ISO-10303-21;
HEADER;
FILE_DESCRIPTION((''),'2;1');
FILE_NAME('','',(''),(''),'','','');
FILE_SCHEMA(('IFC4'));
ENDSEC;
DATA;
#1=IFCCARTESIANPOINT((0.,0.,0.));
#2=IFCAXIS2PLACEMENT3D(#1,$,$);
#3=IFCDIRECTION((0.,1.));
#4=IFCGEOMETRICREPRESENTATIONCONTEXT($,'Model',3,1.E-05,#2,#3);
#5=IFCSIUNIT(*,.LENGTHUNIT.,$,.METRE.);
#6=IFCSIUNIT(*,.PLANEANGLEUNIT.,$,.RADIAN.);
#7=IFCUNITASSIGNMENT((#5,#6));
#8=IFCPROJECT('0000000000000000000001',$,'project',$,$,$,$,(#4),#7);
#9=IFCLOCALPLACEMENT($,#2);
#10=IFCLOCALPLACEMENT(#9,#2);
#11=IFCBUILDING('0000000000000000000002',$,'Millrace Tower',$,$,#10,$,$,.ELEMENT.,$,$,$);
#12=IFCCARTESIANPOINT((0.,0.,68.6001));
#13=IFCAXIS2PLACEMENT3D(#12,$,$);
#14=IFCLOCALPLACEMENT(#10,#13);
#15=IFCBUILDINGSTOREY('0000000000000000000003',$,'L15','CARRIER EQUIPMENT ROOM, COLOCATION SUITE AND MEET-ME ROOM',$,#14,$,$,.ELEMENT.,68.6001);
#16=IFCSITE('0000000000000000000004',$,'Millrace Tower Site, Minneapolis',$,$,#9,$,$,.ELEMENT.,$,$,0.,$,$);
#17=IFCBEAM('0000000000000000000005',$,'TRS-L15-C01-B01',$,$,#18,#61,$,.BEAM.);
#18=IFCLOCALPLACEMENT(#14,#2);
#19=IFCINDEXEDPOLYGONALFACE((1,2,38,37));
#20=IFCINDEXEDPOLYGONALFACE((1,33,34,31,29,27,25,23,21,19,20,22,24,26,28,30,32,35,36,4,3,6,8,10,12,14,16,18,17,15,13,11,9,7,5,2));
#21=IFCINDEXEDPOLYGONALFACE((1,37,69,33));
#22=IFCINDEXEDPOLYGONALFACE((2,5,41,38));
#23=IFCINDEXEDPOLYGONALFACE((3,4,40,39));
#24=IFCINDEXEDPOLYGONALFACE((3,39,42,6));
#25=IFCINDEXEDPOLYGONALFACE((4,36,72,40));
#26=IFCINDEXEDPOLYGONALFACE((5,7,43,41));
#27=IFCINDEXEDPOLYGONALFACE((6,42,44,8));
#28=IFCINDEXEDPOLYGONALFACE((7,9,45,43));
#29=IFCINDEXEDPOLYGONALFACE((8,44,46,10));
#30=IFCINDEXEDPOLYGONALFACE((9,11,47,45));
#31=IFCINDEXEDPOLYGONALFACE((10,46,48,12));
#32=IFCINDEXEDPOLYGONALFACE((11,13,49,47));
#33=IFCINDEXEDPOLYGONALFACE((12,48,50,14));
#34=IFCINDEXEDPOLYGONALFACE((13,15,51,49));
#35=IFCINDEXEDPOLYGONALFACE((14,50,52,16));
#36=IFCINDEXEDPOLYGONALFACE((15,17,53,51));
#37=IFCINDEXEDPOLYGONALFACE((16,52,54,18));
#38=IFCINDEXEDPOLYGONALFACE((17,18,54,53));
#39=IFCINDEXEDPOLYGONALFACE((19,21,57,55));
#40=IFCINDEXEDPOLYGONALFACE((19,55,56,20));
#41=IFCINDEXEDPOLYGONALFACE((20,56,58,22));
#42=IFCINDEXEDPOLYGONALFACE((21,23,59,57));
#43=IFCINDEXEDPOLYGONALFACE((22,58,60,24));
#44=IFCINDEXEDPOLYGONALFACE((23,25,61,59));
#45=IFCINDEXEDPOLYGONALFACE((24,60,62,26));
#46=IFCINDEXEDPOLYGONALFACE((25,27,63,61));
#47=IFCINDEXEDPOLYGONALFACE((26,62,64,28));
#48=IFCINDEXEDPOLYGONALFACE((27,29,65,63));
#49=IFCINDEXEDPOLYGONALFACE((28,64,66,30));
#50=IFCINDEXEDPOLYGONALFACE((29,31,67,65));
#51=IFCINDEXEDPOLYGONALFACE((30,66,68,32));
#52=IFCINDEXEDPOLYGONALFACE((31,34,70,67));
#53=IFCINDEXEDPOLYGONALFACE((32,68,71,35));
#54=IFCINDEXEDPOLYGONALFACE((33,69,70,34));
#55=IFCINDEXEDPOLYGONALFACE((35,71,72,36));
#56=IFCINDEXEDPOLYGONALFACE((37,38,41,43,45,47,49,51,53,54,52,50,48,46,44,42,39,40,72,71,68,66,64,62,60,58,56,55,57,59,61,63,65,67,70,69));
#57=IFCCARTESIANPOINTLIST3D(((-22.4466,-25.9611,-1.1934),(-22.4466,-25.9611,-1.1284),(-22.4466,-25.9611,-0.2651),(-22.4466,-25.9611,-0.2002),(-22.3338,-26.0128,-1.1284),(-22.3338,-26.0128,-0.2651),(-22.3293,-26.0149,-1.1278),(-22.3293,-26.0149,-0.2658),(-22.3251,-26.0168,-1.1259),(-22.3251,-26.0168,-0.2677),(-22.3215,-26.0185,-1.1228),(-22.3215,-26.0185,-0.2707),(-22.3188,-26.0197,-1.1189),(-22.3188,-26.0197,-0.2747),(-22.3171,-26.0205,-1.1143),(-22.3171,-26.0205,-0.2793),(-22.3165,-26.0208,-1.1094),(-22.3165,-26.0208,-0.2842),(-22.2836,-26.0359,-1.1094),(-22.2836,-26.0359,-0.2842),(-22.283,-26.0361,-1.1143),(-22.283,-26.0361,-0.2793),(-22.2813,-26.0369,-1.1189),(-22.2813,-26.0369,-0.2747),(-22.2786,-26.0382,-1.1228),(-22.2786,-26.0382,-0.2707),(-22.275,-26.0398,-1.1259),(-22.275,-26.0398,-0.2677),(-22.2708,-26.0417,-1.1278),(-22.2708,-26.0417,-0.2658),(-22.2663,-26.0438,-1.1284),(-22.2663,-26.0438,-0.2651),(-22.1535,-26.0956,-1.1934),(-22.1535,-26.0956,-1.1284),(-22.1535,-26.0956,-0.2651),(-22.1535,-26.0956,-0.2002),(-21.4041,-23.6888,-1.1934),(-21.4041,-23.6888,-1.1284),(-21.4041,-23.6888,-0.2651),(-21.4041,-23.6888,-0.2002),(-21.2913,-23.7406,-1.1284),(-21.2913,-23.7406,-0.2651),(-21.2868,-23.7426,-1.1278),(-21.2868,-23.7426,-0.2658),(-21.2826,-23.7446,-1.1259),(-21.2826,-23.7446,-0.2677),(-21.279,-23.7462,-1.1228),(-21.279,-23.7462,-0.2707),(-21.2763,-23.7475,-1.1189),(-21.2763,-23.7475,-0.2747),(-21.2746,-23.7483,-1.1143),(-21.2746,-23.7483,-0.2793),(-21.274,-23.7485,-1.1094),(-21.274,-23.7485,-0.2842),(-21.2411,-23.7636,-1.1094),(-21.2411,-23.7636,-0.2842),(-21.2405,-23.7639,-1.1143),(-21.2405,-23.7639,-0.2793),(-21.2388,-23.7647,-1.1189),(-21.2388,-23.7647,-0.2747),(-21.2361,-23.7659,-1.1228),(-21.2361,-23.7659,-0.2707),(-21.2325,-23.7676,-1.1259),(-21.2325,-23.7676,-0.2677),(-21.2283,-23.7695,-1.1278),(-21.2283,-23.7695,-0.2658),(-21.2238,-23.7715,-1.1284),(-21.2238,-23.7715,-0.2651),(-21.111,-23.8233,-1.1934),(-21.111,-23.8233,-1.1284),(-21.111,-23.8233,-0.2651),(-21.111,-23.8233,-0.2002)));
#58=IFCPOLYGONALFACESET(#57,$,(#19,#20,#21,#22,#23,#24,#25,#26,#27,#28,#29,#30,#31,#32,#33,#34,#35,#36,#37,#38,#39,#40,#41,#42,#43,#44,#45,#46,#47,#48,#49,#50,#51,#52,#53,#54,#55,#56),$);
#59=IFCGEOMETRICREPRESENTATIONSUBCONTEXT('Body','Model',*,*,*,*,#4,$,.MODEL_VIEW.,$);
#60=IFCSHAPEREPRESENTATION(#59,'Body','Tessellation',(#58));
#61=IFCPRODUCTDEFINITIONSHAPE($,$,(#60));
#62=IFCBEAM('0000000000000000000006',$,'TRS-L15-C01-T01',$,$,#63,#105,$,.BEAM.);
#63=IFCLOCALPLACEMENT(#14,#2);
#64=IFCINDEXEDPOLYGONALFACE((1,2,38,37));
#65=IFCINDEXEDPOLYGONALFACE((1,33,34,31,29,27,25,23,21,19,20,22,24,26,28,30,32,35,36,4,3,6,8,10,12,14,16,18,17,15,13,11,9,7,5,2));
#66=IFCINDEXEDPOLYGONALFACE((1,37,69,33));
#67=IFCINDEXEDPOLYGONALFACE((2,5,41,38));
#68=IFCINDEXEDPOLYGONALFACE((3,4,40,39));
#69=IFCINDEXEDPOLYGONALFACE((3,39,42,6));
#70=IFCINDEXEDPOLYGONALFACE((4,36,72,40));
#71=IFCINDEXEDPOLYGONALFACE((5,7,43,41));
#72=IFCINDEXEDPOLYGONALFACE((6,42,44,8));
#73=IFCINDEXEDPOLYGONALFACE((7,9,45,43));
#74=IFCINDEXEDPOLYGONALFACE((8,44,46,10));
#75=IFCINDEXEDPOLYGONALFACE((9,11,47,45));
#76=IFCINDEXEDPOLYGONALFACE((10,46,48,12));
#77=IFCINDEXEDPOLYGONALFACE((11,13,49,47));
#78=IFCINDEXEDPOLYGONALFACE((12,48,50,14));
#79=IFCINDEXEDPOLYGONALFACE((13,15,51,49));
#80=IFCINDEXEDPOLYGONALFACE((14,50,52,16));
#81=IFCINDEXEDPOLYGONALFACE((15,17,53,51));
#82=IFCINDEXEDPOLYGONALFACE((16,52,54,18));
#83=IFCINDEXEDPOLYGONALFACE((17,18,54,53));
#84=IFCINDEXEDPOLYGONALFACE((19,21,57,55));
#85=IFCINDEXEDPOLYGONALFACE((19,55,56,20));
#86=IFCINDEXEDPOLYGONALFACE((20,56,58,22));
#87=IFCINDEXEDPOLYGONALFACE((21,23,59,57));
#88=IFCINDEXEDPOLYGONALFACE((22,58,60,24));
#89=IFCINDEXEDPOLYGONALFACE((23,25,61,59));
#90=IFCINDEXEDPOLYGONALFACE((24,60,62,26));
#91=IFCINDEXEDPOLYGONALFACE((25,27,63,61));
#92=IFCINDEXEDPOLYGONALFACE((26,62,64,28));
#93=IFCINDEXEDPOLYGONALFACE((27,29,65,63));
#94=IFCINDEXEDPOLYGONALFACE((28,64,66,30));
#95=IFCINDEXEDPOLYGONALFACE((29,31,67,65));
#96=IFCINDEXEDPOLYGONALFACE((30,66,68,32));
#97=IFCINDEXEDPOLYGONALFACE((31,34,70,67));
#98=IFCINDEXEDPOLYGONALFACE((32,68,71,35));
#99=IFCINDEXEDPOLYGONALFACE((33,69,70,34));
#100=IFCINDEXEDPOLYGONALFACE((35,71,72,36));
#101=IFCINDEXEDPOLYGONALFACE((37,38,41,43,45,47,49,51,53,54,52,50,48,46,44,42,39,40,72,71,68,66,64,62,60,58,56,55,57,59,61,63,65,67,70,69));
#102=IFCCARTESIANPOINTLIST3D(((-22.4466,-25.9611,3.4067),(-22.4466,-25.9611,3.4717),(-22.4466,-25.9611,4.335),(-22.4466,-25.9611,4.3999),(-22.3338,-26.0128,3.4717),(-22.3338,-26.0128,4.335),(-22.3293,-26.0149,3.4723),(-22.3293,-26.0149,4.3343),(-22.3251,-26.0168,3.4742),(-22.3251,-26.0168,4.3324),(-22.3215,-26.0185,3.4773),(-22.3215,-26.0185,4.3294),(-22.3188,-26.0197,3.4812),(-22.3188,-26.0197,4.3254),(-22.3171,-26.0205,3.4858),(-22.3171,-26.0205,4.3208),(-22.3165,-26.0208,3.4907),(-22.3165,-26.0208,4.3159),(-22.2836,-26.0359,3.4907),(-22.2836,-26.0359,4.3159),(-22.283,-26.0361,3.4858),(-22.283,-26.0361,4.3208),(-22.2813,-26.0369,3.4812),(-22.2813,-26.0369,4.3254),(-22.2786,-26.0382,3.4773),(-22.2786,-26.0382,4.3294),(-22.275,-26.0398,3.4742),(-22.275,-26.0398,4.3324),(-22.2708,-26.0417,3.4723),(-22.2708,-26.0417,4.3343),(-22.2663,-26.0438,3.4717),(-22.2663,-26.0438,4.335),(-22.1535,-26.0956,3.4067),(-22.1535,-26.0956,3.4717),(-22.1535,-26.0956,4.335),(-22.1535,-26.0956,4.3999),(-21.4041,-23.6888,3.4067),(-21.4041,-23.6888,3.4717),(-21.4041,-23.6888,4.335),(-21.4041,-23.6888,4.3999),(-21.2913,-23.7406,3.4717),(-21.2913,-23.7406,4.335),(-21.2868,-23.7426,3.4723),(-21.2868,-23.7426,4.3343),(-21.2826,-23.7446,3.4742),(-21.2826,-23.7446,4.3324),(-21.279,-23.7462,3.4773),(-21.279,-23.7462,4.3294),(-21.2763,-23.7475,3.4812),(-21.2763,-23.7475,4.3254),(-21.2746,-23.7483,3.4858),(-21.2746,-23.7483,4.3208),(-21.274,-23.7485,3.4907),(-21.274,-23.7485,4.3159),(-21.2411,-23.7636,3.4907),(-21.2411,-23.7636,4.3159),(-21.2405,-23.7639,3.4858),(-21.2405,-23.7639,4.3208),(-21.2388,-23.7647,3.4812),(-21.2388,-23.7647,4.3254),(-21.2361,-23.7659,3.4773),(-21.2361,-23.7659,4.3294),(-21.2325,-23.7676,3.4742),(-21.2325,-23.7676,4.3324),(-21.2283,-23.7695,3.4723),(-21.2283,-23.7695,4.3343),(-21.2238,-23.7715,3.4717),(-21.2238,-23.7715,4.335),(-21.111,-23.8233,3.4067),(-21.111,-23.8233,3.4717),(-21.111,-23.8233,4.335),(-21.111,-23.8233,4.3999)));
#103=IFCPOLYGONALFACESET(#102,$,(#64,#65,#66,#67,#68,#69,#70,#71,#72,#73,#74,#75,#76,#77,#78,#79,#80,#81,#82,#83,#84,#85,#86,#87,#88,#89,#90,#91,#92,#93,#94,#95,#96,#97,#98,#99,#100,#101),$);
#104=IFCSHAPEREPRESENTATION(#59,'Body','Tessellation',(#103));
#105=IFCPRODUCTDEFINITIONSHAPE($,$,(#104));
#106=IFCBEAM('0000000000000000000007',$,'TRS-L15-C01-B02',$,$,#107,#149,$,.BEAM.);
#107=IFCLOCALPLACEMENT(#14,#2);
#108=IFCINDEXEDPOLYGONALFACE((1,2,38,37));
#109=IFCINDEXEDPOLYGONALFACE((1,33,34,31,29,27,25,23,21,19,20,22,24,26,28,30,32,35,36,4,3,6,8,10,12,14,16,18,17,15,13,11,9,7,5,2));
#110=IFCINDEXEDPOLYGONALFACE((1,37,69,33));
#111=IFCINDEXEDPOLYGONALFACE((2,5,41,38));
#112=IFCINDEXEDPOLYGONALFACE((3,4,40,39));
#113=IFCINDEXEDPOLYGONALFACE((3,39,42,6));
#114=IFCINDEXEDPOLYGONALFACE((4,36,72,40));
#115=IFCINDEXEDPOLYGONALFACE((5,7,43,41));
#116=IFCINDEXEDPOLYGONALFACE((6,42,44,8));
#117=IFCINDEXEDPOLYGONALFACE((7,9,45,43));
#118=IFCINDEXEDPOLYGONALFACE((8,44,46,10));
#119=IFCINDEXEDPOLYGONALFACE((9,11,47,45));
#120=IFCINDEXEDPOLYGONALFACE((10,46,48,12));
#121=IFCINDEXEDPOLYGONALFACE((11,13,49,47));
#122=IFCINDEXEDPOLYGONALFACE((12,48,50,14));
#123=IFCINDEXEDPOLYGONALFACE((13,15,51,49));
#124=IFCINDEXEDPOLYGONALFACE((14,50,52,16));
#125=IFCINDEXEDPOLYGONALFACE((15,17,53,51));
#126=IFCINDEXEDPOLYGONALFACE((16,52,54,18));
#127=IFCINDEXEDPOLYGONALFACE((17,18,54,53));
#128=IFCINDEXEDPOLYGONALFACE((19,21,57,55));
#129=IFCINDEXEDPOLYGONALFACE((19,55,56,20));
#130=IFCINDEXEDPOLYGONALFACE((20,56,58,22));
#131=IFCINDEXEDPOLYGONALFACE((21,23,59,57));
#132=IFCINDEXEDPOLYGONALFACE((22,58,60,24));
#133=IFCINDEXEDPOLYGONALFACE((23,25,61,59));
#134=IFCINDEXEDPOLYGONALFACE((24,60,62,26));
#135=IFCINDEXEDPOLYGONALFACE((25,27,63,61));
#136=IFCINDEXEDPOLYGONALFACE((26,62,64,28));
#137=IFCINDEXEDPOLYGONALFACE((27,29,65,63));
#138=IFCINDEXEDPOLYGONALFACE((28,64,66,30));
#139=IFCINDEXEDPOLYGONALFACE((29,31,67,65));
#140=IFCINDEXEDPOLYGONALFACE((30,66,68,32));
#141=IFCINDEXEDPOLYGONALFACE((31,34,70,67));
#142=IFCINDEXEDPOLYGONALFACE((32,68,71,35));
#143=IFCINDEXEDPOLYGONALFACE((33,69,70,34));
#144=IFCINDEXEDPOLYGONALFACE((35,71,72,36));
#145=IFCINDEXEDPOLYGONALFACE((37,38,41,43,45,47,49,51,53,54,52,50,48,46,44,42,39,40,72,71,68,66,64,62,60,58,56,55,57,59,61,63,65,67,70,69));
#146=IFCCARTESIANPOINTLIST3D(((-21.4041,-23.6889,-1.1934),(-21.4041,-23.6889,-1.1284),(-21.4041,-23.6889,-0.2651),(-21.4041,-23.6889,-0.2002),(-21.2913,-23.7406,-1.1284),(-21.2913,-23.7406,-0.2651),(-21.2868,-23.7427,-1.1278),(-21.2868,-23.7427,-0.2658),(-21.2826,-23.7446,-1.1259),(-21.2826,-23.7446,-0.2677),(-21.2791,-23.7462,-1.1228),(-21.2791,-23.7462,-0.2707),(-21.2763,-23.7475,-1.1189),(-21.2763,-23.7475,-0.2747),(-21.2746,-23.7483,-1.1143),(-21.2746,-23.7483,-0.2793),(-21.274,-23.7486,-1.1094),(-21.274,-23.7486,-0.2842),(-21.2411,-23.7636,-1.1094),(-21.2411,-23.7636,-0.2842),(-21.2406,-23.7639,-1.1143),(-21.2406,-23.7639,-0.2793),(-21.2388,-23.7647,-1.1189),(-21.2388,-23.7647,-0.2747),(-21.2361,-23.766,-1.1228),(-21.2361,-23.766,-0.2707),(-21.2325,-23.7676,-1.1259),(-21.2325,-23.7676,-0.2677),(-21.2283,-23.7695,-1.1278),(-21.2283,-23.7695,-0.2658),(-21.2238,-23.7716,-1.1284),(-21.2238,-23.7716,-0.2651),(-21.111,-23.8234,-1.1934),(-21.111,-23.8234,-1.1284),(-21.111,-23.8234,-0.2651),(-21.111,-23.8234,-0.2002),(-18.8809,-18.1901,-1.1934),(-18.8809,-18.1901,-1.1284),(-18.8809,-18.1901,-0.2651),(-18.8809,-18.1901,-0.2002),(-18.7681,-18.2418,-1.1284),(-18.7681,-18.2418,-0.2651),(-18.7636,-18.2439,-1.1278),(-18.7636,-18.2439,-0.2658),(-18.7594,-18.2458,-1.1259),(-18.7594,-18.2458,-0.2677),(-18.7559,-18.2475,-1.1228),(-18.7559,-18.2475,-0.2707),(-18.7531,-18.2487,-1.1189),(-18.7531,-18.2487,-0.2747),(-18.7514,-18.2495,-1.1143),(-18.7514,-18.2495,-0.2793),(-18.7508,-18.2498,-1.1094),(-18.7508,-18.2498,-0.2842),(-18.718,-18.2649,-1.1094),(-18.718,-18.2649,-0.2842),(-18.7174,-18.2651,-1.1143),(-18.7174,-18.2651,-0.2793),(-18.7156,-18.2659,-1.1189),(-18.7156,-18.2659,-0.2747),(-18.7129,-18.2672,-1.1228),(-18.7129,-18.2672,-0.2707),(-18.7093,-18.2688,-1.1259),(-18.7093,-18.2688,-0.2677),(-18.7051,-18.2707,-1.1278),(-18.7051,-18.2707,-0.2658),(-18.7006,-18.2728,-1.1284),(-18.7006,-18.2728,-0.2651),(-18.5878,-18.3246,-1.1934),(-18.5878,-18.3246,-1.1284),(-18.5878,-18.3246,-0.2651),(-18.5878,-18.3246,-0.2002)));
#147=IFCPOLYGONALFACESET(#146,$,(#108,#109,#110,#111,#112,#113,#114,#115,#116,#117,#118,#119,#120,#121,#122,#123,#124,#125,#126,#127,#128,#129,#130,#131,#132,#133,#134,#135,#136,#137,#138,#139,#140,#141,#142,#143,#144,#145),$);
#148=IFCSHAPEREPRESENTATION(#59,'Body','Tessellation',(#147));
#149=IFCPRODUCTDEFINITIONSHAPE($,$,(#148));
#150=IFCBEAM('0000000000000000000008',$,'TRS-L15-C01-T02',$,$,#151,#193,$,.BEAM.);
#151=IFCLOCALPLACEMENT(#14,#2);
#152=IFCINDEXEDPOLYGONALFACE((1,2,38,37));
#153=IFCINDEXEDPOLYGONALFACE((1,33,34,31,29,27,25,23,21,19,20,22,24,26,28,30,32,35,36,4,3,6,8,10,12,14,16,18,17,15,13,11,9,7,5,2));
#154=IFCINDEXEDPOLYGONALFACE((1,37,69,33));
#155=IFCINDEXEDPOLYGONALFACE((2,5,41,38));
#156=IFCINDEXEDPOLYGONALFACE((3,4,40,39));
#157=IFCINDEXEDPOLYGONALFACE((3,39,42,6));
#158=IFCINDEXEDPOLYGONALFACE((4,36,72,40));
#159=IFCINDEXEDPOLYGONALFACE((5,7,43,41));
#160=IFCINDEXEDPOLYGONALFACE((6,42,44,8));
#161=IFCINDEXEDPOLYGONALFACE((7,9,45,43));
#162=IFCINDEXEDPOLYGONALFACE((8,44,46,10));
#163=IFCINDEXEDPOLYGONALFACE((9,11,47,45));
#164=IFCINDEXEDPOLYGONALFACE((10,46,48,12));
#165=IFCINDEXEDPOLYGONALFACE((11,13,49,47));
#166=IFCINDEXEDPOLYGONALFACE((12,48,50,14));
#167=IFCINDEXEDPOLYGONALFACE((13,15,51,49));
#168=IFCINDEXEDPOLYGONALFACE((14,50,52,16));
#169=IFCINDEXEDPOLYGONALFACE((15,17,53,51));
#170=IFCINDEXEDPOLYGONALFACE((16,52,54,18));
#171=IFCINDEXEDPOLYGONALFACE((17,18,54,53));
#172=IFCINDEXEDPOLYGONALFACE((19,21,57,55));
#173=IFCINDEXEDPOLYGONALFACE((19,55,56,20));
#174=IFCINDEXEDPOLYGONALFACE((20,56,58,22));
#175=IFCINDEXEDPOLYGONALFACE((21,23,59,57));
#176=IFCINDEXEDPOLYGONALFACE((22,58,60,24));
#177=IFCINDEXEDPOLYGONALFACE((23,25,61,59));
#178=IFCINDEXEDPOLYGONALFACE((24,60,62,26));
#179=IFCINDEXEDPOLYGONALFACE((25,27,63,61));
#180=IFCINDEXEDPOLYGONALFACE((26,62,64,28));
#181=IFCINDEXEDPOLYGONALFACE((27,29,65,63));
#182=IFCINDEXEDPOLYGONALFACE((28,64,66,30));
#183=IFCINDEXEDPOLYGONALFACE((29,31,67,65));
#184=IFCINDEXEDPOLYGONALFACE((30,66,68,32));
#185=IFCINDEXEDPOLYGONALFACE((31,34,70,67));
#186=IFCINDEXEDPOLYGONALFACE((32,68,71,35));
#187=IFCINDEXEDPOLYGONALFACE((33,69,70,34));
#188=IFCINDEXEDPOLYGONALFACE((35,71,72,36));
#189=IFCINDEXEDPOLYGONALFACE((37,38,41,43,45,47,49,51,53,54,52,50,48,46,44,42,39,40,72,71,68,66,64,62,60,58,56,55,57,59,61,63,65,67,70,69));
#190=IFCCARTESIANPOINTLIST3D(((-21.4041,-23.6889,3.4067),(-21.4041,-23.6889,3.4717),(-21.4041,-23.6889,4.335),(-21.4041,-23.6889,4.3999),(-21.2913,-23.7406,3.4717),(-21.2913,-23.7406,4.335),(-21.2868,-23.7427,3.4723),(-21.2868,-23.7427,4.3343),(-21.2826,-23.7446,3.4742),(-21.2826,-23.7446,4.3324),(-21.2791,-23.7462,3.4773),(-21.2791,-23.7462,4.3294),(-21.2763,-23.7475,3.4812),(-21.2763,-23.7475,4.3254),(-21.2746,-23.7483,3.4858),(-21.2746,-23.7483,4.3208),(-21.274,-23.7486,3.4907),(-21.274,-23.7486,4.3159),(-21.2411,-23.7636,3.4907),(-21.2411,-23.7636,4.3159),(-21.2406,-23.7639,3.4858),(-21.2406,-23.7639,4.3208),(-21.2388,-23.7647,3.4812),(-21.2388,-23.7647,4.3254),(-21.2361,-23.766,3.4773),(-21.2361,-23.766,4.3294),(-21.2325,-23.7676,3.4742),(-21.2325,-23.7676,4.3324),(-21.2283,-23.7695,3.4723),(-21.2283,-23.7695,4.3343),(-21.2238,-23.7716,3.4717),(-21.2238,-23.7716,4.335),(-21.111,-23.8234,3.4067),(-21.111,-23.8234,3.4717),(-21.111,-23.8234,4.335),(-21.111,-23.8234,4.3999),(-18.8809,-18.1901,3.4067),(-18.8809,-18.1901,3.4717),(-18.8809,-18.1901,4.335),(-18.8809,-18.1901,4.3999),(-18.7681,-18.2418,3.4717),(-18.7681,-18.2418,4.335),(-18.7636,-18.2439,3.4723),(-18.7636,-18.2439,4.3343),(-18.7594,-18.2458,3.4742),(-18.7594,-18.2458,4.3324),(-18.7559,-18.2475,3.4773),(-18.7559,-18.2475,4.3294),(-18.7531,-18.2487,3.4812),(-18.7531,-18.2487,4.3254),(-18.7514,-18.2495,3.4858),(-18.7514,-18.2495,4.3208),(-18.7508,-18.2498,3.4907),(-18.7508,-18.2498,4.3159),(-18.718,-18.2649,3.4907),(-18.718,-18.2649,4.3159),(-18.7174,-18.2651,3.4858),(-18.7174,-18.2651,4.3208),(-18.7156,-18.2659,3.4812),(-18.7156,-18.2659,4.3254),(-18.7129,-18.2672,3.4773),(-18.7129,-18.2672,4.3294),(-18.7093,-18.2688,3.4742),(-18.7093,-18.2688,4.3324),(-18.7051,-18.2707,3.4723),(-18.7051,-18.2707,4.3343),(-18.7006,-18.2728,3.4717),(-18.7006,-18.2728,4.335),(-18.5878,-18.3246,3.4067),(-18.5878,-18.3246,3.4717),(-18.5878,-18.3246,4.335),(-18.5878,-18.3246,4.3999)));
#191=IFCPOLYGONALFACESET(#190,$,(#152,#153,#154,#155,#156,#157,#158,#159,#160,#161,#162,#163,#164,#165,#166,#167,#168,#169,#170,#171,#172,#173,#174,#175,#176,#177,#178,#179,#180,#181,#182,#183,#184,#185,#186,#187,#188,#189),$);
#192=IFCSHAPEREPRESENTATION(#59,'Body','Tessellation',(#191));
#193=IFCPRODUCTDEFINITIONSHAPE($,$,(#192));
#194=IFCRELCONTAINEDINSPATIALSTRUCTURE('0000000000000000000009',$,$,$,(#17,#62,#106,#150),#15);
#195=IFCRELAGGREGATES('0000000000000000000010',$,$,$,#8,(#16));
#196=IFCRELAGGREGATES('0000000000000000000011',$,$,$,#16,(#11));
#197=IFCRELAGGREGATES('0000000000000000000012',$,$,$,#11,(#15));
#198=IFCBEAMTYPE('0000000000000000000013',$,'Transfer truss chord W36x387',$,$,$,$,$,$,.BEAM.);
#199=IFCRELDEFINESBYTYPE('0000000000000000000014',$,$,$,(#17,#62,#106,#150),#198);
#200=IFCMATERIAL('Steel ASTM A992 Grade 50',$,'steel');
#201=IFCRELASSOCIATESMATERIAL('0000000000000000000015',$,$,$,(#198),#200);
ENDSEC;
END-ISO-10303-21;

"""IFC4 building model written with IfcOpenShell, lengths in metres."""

from ifc_helpers import new_model, si_unit, direction, frame, origin, origin_2d, place, context, subcontext, project, spatial, i_section, extrude, material, material_profile, profile_set, type_object, element, save


model = new_model("IFC4")

# Units and contexts
model_context = context("Model", 3, precision=1e-05, world=origin(), true_north=direction((0.0, 1.0)))
body_context = subcontext(model_context, "Body", "Model", "MODEL_VIEW")
ifc_project = project(units=[si_unit("LENGTHUNIT", "METRE"), si_unit("PLANEANGLEUNIT", "RADIAN")], contexts=[model_context])

# Site, building, storey
site_placement = place(None, origin())
site = spatial("IfcSite", under=ifc_project, at=site_placement, Name="Millrace Tower Site, Minneapolis", CompositionType="ELEMENT", RefElevation=0.0)
building_placement = place(site_placement, origin())
building = spatial("IfcBuilding", under=site, at=building_placement, Name="Millrace Tower", CompositionType="ELEMENT")
storey_placement = place(building_placement, frame((0.0, 0.0, 68.6001)))
storey = spatial("IfcBuildingStorey", under=building, at=storey_placement, Name="L15", Description="CARRIER EQUIPMENT ROOM, COLOCATION SUITE AND MEET-ME ROOM", CompositionType="ELEMENT", Elevation=68.6001)

# Beams
ifc_material_1 = material(Name="Steel ASTM A992 Grade 50", Category="steel")
ifc_material_profile_1 = material_profile(ifc_material_1, i_section(OverallWidth=0.3225, OverallDepth=0.9932, WebThickness=0.0361, FlangeThickness=0.0649, FilletRadius=0.019, at=origin_2d()))
ifc_profile_set_1 = profile_set([ifc_material_profile_1], Name="Steel ASTM A992 Grade 50")
beam_type_1 = type_object("IfcBeamType", Name="Transfer truss chord W36x387", PredefinedType="BEAM", material=ifc_profile_set_1)
for number, where, z_axis, x_axis, name in (
    (1, (-22.3, -26.0283, -0.6968), (0.417001, 0.908906, 0.0), (-0.908906, 0.417001, 0.0), "TRS-L15-C01-B01"),
    (2, (-22.3, -26.0283, 3.9033), (0.417001, 0.908906, 0.0), (-0.908906, 0.417001, 0.0), "TRS-L15-C01-T01"),
):
    element("IfcBeam", number, at=place(storey_placement, frame(where, z_axis=z_axis, x_axis=x_axis)), inside=storey, type_object=beam_type_1, Name=name, PredefinedType="BEAM", context=body_context, shape_type="SweptSolid", body=[
        extrude(i_section(OverallWidth=0.3225, OverallDepth=0.9932, WebThickness=0.0361, FlangeThickness=0.0649, FilletRadius=0.019, at=origin_2d()), origin(), (0.0, 0.0, 1.0), 2.5),
    ])
for number, where, z_axis, x_axis, name in (
    (3, (-21.2576, -23.7561, -0.6968), (0.417053, 0.908882, 0.0), (-0.908882, 0.417053, 0.0), "TRS-L15-C01-B02"),
    (4, (-21.2576, -23.7561, 3.9033), (0.417053, 0.908882, 0.0), (-0.908882, 0.417053, 0.0), "TRS-L15-C01-T02"),
):
    element("IfcBeam", number, at=place(storey_placement, frame(where, z_axis=z_axis, x_axis=x_axis)), inside=storey, type_object=beam_type_1, Name=name, PredefinedType="BEAM", context=body_context, shape_type="SweptSolid", body=[
        extrude(i_section(OverallWidth=0.3225, OverallDepth=0.9932, WebThickness=0.0361, FlangeThickness=0.0649, FilletRadius=0.019, at=origin_2d()), origin(), (0.0, 0.0, 1.0), 6.05),
    ])

save(model, "model.ifc")
